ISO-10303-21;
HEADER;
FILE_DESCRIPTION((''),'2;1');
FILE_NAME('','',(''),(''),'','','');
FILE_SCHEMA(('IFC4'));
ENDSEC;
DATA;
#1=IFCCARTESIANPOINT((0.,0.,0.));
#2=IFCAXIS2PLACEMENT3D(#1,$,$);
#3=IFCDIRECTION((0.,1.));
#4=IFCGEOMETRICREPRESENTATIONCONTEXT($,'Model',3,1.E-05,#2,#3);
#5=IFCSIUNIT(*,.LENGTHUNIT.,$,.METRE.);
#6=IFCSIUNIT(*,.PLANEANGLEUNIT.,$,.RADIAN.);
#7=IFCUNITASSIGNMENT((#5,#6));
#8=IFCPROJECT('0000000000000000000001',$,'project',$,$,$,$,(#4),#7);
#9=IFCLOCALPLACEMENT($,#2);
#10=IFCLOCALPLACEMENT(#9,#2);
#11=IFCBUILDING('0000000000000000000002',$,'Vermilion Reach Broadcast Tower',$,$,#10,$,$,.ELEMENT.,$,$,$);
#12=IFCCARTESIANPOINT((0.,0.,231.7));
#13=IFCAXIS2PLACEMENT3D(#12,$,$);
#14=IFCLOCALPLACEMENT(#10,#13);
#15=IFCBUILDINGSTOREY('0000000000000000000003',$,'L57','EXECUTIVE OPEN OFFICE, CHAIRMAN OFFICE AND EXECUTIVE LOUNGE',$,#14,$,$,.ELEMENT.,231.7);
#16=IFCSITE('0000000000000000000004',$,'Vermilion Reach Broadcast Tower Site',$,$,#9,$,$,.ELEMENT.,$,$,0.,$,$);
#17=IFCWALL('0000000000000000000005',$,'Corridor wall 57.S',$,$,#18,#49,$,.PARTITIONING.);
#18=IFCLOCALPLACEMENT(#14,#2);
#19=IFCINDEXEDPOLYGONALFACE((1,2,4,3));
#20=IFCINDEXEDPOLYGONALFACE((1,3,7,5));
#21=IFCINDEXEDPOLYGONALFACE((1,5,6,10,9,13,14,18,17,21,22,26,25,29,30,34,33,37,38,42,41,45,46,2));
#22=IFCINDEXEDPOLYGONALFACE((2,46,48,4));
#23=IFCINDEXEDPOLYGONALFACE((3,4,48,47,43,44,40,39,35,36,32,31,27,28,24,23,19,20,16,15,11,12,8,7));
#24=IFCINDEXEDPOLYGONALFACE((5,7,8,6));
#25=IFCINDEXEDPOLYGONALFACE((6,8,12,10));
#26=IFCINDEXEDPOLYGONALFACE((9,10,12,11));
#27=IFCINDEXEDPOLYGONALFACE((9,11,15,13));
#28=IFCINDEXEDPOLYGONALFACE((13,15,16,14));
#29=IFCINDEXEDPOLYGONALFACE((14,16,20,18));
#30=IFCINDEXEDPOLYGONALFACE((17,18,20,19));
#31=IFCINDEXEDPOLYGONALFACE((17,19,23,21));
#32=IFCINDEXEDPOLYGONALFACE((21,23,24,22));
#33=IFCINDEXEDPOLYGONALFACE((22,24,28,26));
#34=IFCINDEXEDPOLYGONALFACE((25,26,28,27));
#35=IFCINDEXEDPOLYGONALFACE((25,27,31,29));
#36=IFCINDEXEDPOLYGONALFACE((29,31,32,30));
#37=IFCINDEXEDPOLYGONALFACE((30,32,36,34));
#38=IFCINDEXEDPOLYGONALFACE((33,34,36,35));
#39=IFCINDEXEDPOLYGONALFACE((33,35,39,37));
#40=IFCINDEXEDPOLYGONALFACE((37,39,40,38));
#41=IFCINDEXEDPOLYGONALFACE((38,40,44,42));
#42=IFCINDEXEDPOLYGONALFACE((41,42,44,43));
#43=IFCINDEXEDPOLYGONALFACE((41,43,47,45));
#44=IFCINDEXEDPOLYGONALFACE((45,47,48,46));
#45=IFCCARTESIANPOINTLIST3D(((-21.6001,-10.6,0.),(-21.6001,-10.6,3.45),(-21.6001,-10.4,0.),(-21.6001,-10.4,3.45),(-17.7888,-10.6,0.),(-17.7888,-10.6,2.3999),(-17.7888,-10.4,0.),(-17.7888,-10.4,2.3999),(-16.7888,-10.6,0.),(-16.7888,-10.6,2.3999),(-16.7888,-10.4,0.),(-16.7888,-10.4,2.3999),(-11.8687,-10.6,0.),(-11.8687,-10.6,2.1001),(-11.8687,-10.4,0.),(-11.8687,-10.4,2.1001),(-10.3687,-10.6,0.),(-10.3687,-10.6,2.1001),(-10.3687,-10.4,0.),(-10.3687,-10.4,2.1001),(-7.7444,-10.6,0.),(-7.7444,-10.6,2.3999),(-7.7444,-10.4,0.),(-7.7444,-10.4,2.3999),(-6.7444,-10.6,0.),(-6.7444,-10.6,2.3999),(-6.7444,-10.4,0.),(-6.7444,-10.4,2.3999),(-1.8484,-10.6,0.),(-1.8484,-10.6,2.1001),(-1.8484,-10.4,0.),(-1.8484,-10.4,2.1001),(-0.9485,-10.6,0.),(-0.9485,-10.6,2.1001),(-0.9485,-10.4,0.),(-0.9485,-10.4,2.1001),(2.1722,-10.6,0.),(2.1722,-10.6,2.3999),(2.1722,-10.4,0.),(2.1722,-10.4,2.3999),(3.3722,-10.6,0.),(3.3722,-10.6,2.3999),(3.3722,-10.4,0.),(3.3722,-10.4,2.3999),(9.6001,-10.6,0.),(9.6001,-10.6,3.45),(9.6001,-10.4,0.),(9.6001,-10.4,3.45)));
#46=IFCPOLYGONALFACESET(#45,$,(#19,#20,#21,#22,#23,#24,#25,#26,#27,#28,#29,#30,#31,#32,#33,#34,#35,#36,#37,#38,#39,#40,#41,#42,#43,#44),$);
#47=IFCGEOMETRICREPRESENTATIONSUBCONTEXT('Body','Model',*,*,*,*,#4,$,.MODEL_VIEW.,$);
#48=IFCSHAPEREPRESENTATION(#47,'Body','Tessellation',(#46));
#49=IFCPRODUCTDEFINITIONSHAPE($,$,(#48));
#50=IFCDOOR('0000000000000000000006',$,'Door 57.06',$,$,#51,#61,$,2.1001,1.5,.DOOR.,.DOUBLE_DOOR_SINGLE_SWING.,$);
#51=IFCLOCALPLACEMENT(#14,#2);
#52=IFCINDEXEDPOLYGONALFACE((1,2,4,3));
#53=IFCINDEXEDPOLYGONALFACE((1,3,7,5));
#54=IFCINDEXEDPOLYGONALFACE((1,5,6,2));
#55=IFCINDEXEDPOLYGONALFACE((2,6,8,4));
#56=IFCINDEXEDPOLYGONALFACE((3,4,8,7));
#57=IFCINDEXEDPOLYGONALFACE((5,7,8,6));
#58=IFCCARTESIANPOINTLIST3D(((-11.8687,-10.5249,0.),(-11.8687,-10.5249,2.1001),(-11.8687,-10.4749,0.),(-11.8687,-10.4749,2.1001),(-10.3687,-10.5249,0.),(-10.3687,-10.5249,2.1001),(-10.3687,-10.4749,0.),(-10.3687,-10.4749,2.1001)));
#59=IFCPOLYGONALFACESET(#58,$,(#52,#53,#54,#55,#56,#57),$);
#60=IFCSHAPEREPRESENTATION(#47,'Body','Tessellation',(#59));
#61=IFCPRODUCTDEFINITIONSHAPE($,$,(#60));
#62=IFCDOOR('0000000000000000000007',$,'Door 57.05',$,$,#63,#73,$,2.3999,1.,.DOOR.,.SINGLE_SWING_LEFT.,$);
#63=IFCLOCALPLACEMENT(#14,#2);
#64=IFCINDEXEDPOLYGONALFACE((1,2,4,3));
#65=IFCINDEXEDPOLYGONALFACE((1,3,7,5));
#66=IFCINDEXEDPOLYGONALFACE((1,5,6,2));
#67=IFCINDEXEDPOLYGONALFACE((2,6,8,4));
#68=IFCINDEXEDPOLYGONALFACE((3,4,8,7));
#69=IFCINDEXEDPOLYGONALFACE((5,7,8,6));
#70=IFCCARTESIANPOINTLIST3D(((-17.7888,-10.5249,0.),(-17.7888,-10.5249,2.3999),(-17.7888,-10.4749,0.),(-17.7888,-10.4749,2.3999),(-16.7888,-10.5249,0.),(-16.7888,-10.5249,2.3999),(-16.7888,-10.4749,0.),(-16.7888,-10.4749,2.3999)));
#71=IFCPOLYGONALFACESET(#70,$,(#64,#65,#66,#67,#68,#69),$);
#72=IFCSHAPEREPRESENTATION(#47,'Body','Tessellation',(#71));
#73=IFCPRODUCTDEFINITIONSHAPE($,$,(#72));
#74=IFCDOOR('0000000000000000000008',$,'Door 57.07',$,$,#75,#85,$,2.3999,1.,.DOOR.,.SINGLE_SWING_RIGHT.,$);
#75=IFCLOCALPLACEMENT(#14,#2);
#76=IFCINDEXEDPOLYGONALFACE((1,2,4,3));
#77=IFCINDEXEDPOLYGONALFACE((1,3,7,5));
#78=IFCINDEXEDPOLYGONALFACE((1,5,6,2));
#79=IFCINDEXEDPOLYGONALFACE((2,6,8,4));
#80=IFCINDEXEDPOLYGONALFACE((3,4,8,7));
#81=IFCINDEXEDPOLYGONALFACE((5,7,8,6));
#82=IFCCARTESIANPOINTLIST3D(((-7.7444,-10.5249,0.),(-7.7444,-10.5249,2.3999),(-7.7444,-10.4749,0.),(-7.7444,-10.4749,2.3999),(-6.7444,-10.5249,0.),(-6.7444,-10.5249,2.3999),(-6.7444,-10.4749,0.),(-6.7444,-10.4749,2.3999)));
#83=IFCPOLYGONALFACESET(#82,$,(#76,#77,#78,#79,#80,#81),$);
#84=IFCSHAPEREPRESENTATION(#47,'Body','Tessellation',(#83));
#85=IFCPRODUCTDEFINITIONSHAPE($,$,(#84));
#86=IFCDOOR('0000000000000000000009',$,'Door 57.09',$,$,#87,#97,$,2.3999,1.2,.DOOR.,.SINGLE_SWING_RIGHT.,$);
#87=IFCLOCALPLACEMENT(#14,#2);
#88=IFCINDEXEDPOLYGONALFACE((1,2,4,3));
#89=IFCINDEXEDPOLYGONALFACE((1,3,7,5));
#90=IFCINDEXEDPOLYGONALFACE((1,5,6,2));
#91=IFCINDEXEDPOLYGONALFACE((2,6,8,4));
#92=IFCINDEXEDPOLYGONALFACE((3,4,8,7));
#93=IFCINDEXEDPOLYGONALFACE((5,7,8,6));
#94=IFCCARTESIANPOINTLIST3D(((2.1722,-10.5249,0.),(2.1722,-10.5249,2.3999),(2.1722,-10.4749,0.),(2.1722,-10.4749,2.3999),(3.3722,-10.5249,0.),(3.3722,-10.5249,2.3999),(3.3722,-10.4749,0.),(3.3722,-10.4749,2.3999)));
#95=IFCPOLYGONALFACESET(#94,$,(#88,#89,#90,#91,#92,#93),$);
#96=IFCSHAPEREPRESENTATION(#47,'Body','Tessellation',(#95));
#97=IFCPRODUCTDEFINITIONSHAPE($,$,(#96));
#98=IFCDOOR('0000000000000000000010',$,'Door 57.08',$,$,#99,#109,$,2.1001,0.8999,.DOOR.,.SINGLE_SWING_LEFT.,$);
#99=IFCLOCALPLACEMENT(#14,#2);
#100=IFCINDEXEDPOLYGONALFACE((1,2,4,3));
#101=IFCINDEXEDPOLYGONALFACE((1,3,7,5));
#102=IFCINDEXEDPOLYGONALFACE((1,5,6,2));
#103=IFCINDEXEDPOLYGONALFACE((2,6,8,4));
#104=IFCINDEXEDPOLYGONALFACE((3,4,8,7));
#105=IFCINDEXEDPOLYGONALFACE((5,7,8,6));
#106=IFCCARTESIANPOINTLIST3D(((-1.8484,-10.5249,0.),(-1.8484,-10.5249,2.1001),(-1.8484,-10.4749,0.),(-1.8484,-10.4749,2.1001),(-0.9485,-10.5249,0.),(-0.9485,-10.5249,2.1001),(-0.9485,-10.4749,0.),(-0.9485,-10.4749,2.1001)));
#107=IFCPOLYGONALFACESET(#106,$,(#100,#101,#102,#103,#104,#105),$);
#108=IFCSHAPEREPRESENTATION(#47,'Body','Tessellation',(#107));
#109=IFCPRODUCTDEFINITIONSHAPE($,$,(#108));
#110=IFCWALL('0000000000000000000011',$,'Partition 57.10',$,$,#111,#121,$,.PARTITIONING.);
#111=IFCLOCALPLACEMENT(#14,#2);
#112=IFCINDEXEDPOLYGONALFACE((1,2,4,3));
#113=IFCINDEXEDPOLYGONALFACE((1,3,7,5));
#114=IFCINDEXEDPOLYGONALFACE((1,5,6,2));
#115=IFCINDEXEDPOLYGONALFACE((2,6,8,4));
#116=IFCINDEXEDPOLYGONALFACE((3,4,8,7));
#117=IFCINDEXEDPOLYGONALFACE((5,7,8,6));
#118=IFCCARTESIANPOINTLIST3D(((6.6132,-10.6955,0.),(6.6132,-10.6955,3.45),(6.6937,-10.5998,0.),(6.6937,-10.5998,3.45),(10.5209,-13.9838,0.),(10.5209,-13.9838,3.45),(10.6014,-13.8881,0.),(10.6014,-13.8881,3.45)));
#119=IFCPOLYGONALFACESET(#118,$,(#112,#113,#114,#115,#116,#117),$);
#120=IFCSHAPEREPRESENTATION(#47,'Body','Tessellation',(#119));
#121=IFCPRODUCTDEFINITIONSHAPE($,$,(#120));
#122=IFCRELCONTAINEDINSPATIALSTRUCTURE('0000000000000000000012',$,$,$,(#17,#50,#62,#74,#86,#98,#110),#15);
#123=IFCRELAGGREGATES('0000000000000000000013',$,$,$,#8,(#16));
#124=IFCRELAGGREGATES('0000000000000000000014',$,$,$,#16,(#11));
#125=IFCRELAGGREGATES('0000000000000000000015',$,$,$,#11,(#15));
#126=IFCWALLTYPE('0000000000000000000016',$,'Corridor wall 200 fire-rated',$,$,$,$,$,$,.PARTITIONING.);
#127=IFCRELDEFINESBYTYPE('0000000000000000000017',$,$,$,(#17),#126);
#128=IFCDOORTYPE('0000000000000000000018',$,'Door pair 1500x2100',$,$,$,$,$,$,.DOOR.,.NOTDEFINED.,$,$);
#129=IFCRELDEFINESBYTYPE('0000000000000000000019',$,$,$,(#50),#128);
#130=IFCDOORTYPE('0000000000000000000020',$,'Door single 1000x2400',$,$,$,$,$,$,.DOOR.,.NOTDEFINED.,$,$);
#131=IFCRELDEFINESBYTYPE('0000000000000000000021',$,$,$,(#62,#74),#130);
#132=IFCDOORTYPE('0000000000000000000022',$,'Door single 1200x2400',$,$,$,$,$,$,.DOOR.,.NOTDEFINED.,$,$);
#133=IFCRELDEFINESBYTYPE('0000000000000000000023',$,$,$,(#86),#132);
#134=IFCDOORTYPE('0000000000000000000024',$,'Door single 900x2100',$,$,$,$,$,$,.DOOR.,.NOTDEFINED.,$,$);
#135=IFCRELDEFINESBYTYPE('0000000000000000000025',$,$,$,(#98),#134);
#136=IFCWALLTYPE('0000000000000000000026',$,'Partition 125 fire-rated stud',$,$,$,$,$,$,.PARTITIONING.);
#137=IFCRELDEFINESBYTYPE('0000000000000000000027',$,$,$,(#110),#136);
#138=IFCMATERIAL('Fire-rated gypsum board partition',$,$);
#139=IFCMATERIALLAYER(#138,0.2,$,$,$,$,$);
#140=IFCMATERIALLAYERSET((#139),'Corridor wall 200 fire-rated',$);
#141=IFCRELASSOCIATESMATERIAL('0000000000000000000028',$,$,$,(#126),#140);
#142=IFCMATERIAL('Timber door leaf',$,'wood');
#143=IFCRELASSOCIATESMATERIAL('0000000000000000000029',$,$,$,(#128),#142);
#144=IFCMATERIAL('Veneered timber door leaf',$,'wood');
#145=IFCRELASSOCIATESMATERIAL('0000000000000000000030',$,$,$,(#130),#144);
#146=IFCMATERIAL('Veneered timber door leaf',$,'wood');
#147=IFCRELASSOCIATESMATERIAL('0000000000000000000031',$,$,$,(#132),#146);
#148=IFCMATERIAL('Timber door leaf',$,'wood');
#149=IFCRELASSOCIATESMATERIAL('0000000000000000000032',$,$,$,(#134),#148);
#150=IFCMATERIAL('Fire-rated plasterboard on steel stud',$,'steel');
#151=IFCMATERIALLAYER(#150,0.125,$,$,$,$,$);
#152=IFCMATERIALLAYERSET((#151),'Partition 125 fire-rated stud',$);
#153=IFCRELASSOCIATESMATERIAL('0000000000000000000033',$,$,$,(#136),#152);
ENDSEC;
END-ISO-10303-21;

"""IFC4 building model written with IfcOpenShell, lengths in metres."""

from ifc_helpers import new_model, si_unit, direction, frame, frame_2d, origin, place, context, subcontext, project, spatial, rectangle, extrude, material, layer, layer_set, type_object, element, fill, save


model = new_model("IFC4")

# Units and contexts
model_context = context("Model", 3, precision=1e-05, world=origin(), true_north=direction((0.0, 1.0)))
body_context = subcontext(model_context, "Body", "Model", "MODEL_VIEW")
ifc_project = project(units=[si_unit("LENGTHUNIT", "METRE"), si_unit("PLANEANGLEUNIT", "RADIAN")], contexts=[model_context])

# Site, building, storey
site_placement = place(None, origin())
site = spatial("IfcSite", under=ifc_project, at=site_placement, Name="Vermilion Reach Broadcast Tower Site", CompositionType="ELEMENT", RefElevation=0.0)
building_placement = place(site_placement, origin())
building = spatial("IfcBuilding", under=site, at=building_placement, Name="Vermilion Reach Broadcast Tower", CompositionType="ELEMENT")
storey_placement = place(building_placement, frame((0.0, 0.0, 231.7)))
storey = spatial("IfcBuildingStorey", under=building, at=storey_placement, Name="L57", Description="EXECUTIVE OPEN OFFICE, CHAIRMAN OFFICE AND EXECUTIVE LOUNGE", CompositionType="ELEMENT", Elevation=231.7)

# Wall, openings, doors
ifc_material_1 = material(Name="Fire-rated gypsum board partition")
ifc_layer_1 = layer(ifc_material_1, 0.2)
ifc_layer_set_1 = layer_set([ifc_layer_1], Name="Corridor wall 200 fire-rated")
wall_type_1 = type_object("IfcWallType", Name="Corridor wall 200 fire-rated", PredefinedType="PARTITIONING", material=ifc_layer_set_1)
wall_1_placement = place(storey_placement, frame((9.6001, -10.5, 0.0), z_axis=(0.0, 0.0, 1.0), x_axis=(-1.0, 0.0, 0.0)))
wall_1 = element("IfcWall", 1, at=wall_1_placement, inside=storey, type_object=wall_type_1, Name="Corridor wall 57.S", PredefinedType="PARTITIONING", context=body_context, shape_type="SweptSolid", body=[
    extrude(rectangle(XDim=31.2002, YDim=0.2, at=frame_2d((15.6001, 0.0))), origin(), (0.0, 0.0, 1.0), 3.45),
])
opening_1_placement = place(wall_1_placement, frame((26.3889, 0.0, 0.0)))
opening_1 = element("IfcOpeningElement", 2, at=opening_1_placement, cuts=wall_1, PredefinedType="OPENING", context=body_context, shape_type="SweptSolid", body=[
    extrude(rectangle(XDim=1.0, YDim=2.3999, at=frame_2d((0.5, 1.2))), frame((0.0, 0.1099, 0.0), z_axis=(0.0, -1.0, 0.0), x_axis=(1.0, 0.0, 0.0)), (0.0, 0.0, 1.0), 0.22),
])
opening_2_placement = place(wall_1_placement, frame((19.9688, 0.0, 0.0)))
opening_2 = element("IfcOpeningElement", 3, at=opening_2_placement, cuts=wall_1, PredefinedType="OPENING", context=body_context, shape_type="SweptSolid", body=[
    extrude(rectangle(XDim=1.5, YDim=2.1001, at=frame_2d((0.75, 1.05))), frame((0.0, 0.1099, 0.0), z_axis=(0.0, -1.0, 0.0), x_axis=(1.0, 0.0, 0.0)), (0.0, 0.0, 1.0), 0.22),
])
opening_3_placement = place(wall_1_placement, frame((16.3445, 0.0, 0.0)))
opening_3 = element("IfcOpeningElement", 4, at=opening_3_placement, cuts=wall_1, PredefinedType="OPENING", context=body_context, shape_type="SweptSolid", body=[
    extrude(rectangle(XDim=1.0, YDim=2.3999, at=frame_2d((0.5, 1.2))), frame((0.0, 0.1099, 0.0), z_axis=(0.0, -1.0, 0.0), x_axis=(1.0, 0.0, 0.0)), (0.0, 0.0, 1.0), 0.22),
])
opening_4_placement = place(wall_1_placement, frame((10.5486, 0.0, 0.0)))
opening_4 = element("IfcOpeningElement", 5, at=opening_4_placement, cuts=wall_1, PredefinedType="OPENING", context=body_context, shape_type="SweptSolid", body=[
    extrude(rectangle(XDim=0.8999, YDim=2.1001, at=frame_2d((0.45, 1.05))), frame((0.0, 0.1099, 0.0), z_axis=(0.0, -1.0, 0.0), x_axis=(1.0, 0.0, 0.0)), (0.0, 0.0, 1.0), 0.22),
])
opening_5_placement = place(wall_1_placement, frame((6.2278, 0.0, 0.0)))
opening_5 = element("IfcOpeningElement", 6, at=opening_5_placement, cuts=wall_1, PredefinedType="OPENING", context=body_context, shape_type="SweptSolid", body=[
    extrude(rectangle(XDim=1.2, YDim=2.3999, at=frame_2d((0.6001, 1.2))), frame((0.0, 0.1099, 0.0), z_axis=(0.0, -1.0, 0.0), x_axis=(1.0, 0.0, 0.0)), (0.0, 0.0, 1.0), 0.22),
])
ifc_material_2 = material(Name="Timber door leaf", Category="wood")
door_type_1 = type_object("IfcDoorType", Name="Door pair 1500x2100", OperationType="NOTDEFINED", PredefinedType="DOOR", material=ifc_material_2)
door_1_placement = place(opening_2_placement, origin())
door_1 = element("IfcDoor", 7, at=door_1_placement, inside=storey, type_object=door_type_1, Name="Door 57.06", OperationType="DOUBLE_DOOR_SINGLE_SWING", OverallHeight=2.1001, OverallWidth=1.5, PredefinedType="DOOR", context=body_context, shape_type="SweptSolid", body=[
    extrude(rectangle(XDim=1.5, YDim=2.1001, at=frame_2d((0.75, 1.05))), frame((0.0, 0.0249, 0.0), z_axis=(0.0, -1.0, 0.0), x_axis=(1.0, 0.0, 0.0)), (0.0, 0.0, 1.0), 0.05),
])
fill(opening_2, door_1)
ifc_material_3 = material(Name="Veneered timber door leaf", Category="wood")
door_type_2 = type_object("IfcDoorType", Name="Door single 1000x2400", OperationType="NOTDEFINED", PredefinedType="DOOR", material=ifc_material_3)
door_2_placement = place(opening_1_placement, origin())
door_2 = element("IfcDoor", 8, at=door_2_placement, inside=storey, type_object=door_type_2, Name="Door 57.05", OperationType="SINGLE_SWING_LEFT", OverallHeight=2.3999, OverallWidth=1.0, PredefinedType="DOOR", context=body_context, shape_type="SweptSolid", body=[
    extrude(rectangle(XDim=1.0, YDim=2.3999, at=frame_2d((0.5, 1.2))), frame((0.0, 0.0249, 0.0), z_axis=(0.0, -1.0, 0.0), x_axis=(1.0, 0.0, 0.0)), (0.0, 0.0, 1.0), 0.05),
])
fill(opening_1, door_2)
door_3_placement = place(opening_3_placement, origin())
door_3 = element("IfcDoor", 9, at=door_3_placement, inside=storey, type_object=door_type_2, Name="Door 57.07", OperationType="SINGLE_SWING_RIGHT", OverallHeight=2.3999, OverallWidth=1.0, PredefinedType="DOOR", context=body_context, shape_type="SweptSolid", body=[
    extrude(rectangle(XDim=1.0, YDim=2.3999, at=frame_2d((0.5, 1.2))), frame((0.0, 0.0249, 0.0), z_axis=(0.0, -1.0, 0.0), x_axis=(1.0, 0.0, 0.0)), (0.0, 0.0, 1.0), 0.05),
])
fill(opening_3, door_3)
ifc_material_4 = material(Name="Veneered timber door leaf", Category="wood")
door_type_3 = type_object("IfcDoorType", Name="Door single 1200x2400", OperationType="NOTDEFINED", PredefinedType="DOOR", material=ifc_material_4)
door_4_placement = place(opening_5_placement, origin())
door_4 = element("IfcDoor", 10, at=door_4_placement, inside=storey, type_object=door_type_3, Name="Door 57.09", OperationType="SINGLE_SWING_RIGHT", OverallHeight=2.3999, OverallWidth=1.2, PredefinedType="DOOR", context=body_context, shape_type="SweptSolid", body=[
    extrude(rectangle(XDim=1.2, YDim=2.3999, at=frame_2d((0.6001, 1.2))), frame((0.0, 0.0249, 0.0), z_axis=(0.0, -1.0, 0.0), x_axis=(1.0, 0.0, 0.0)), (0.0, 0.0, 1.0), 0.05),
])
fill(opening_5, door_4)
ifc_material_5 = material(Name="Timber door leaf", Category="wood")
door_type_4 = type_object("IfcDoorType", Name="Door single 900x2100", OperationType="NOTDEFINED", PredefinedType="DOOR", material=ifc_material_5)
door_5_placement = place(opening_4_placement, origin())
door_5 = element("IfcDoor", 11, at=door_5_placement, inside=storey, type_object=door_type_4, Name="Door 57.08", OperationType="SINGLE_SWING_LEFT", OverallHeight=2.1001, OverallWidth=0.8999, PredefinedType="DOOR", context=body_context, shape_type="SweptSolid", body=[
    extrude(rectangle(XDim=0.8999, YDim=2.1001, at=frame_2d((0.45, 1.05))), frame((0.0, 0.0249, 0.0), z_axis=(0.0, -1.0, 0.0), x_axis=(1.0, 0.0, 0.0)), (0.0, 0.0, 1.0), 0.05),
])
fill(opening_4, door_5)

# Wall
ifc_material_6 = material(Name="Fire-rated plasterboard on steel stud", Category="steel")
ifc_layer_2 = layer(ifc_material_6, 0.125)
ifc_layer_set_2 = layer_set([ifc_layer_2], Name="Partition 125 fire-rated stud")
wall_type_2 = type_object("IfcWallType", Name="Partition 125 fire-rated stud", PredefinedType="PARTITIONING", material=ifc_layer_set_2)
wall_2_placement = place(storey_placement, frame((10.5613, -13.936, 0.0), z_axis=(0.0, 0.0, 1.0), x_axis=(-0.76514, 0.643863, 0.0)))
element("IfcWall", 12, at=wall_2_placement, inside=storey, type_object=wall_type_2, Name="Partition 57.10", PredefinedType="PARTITIONING", context=body_context, shape_type="SweptSolid", body=[
    extrude(rectangle(XDim=5.1072, YDim=0.125, at=frame_2d((2.5537, 0.0))), origin(), (0.0, 0.0, 1.0), 3.45),
])

save(model, "model.ifc")
